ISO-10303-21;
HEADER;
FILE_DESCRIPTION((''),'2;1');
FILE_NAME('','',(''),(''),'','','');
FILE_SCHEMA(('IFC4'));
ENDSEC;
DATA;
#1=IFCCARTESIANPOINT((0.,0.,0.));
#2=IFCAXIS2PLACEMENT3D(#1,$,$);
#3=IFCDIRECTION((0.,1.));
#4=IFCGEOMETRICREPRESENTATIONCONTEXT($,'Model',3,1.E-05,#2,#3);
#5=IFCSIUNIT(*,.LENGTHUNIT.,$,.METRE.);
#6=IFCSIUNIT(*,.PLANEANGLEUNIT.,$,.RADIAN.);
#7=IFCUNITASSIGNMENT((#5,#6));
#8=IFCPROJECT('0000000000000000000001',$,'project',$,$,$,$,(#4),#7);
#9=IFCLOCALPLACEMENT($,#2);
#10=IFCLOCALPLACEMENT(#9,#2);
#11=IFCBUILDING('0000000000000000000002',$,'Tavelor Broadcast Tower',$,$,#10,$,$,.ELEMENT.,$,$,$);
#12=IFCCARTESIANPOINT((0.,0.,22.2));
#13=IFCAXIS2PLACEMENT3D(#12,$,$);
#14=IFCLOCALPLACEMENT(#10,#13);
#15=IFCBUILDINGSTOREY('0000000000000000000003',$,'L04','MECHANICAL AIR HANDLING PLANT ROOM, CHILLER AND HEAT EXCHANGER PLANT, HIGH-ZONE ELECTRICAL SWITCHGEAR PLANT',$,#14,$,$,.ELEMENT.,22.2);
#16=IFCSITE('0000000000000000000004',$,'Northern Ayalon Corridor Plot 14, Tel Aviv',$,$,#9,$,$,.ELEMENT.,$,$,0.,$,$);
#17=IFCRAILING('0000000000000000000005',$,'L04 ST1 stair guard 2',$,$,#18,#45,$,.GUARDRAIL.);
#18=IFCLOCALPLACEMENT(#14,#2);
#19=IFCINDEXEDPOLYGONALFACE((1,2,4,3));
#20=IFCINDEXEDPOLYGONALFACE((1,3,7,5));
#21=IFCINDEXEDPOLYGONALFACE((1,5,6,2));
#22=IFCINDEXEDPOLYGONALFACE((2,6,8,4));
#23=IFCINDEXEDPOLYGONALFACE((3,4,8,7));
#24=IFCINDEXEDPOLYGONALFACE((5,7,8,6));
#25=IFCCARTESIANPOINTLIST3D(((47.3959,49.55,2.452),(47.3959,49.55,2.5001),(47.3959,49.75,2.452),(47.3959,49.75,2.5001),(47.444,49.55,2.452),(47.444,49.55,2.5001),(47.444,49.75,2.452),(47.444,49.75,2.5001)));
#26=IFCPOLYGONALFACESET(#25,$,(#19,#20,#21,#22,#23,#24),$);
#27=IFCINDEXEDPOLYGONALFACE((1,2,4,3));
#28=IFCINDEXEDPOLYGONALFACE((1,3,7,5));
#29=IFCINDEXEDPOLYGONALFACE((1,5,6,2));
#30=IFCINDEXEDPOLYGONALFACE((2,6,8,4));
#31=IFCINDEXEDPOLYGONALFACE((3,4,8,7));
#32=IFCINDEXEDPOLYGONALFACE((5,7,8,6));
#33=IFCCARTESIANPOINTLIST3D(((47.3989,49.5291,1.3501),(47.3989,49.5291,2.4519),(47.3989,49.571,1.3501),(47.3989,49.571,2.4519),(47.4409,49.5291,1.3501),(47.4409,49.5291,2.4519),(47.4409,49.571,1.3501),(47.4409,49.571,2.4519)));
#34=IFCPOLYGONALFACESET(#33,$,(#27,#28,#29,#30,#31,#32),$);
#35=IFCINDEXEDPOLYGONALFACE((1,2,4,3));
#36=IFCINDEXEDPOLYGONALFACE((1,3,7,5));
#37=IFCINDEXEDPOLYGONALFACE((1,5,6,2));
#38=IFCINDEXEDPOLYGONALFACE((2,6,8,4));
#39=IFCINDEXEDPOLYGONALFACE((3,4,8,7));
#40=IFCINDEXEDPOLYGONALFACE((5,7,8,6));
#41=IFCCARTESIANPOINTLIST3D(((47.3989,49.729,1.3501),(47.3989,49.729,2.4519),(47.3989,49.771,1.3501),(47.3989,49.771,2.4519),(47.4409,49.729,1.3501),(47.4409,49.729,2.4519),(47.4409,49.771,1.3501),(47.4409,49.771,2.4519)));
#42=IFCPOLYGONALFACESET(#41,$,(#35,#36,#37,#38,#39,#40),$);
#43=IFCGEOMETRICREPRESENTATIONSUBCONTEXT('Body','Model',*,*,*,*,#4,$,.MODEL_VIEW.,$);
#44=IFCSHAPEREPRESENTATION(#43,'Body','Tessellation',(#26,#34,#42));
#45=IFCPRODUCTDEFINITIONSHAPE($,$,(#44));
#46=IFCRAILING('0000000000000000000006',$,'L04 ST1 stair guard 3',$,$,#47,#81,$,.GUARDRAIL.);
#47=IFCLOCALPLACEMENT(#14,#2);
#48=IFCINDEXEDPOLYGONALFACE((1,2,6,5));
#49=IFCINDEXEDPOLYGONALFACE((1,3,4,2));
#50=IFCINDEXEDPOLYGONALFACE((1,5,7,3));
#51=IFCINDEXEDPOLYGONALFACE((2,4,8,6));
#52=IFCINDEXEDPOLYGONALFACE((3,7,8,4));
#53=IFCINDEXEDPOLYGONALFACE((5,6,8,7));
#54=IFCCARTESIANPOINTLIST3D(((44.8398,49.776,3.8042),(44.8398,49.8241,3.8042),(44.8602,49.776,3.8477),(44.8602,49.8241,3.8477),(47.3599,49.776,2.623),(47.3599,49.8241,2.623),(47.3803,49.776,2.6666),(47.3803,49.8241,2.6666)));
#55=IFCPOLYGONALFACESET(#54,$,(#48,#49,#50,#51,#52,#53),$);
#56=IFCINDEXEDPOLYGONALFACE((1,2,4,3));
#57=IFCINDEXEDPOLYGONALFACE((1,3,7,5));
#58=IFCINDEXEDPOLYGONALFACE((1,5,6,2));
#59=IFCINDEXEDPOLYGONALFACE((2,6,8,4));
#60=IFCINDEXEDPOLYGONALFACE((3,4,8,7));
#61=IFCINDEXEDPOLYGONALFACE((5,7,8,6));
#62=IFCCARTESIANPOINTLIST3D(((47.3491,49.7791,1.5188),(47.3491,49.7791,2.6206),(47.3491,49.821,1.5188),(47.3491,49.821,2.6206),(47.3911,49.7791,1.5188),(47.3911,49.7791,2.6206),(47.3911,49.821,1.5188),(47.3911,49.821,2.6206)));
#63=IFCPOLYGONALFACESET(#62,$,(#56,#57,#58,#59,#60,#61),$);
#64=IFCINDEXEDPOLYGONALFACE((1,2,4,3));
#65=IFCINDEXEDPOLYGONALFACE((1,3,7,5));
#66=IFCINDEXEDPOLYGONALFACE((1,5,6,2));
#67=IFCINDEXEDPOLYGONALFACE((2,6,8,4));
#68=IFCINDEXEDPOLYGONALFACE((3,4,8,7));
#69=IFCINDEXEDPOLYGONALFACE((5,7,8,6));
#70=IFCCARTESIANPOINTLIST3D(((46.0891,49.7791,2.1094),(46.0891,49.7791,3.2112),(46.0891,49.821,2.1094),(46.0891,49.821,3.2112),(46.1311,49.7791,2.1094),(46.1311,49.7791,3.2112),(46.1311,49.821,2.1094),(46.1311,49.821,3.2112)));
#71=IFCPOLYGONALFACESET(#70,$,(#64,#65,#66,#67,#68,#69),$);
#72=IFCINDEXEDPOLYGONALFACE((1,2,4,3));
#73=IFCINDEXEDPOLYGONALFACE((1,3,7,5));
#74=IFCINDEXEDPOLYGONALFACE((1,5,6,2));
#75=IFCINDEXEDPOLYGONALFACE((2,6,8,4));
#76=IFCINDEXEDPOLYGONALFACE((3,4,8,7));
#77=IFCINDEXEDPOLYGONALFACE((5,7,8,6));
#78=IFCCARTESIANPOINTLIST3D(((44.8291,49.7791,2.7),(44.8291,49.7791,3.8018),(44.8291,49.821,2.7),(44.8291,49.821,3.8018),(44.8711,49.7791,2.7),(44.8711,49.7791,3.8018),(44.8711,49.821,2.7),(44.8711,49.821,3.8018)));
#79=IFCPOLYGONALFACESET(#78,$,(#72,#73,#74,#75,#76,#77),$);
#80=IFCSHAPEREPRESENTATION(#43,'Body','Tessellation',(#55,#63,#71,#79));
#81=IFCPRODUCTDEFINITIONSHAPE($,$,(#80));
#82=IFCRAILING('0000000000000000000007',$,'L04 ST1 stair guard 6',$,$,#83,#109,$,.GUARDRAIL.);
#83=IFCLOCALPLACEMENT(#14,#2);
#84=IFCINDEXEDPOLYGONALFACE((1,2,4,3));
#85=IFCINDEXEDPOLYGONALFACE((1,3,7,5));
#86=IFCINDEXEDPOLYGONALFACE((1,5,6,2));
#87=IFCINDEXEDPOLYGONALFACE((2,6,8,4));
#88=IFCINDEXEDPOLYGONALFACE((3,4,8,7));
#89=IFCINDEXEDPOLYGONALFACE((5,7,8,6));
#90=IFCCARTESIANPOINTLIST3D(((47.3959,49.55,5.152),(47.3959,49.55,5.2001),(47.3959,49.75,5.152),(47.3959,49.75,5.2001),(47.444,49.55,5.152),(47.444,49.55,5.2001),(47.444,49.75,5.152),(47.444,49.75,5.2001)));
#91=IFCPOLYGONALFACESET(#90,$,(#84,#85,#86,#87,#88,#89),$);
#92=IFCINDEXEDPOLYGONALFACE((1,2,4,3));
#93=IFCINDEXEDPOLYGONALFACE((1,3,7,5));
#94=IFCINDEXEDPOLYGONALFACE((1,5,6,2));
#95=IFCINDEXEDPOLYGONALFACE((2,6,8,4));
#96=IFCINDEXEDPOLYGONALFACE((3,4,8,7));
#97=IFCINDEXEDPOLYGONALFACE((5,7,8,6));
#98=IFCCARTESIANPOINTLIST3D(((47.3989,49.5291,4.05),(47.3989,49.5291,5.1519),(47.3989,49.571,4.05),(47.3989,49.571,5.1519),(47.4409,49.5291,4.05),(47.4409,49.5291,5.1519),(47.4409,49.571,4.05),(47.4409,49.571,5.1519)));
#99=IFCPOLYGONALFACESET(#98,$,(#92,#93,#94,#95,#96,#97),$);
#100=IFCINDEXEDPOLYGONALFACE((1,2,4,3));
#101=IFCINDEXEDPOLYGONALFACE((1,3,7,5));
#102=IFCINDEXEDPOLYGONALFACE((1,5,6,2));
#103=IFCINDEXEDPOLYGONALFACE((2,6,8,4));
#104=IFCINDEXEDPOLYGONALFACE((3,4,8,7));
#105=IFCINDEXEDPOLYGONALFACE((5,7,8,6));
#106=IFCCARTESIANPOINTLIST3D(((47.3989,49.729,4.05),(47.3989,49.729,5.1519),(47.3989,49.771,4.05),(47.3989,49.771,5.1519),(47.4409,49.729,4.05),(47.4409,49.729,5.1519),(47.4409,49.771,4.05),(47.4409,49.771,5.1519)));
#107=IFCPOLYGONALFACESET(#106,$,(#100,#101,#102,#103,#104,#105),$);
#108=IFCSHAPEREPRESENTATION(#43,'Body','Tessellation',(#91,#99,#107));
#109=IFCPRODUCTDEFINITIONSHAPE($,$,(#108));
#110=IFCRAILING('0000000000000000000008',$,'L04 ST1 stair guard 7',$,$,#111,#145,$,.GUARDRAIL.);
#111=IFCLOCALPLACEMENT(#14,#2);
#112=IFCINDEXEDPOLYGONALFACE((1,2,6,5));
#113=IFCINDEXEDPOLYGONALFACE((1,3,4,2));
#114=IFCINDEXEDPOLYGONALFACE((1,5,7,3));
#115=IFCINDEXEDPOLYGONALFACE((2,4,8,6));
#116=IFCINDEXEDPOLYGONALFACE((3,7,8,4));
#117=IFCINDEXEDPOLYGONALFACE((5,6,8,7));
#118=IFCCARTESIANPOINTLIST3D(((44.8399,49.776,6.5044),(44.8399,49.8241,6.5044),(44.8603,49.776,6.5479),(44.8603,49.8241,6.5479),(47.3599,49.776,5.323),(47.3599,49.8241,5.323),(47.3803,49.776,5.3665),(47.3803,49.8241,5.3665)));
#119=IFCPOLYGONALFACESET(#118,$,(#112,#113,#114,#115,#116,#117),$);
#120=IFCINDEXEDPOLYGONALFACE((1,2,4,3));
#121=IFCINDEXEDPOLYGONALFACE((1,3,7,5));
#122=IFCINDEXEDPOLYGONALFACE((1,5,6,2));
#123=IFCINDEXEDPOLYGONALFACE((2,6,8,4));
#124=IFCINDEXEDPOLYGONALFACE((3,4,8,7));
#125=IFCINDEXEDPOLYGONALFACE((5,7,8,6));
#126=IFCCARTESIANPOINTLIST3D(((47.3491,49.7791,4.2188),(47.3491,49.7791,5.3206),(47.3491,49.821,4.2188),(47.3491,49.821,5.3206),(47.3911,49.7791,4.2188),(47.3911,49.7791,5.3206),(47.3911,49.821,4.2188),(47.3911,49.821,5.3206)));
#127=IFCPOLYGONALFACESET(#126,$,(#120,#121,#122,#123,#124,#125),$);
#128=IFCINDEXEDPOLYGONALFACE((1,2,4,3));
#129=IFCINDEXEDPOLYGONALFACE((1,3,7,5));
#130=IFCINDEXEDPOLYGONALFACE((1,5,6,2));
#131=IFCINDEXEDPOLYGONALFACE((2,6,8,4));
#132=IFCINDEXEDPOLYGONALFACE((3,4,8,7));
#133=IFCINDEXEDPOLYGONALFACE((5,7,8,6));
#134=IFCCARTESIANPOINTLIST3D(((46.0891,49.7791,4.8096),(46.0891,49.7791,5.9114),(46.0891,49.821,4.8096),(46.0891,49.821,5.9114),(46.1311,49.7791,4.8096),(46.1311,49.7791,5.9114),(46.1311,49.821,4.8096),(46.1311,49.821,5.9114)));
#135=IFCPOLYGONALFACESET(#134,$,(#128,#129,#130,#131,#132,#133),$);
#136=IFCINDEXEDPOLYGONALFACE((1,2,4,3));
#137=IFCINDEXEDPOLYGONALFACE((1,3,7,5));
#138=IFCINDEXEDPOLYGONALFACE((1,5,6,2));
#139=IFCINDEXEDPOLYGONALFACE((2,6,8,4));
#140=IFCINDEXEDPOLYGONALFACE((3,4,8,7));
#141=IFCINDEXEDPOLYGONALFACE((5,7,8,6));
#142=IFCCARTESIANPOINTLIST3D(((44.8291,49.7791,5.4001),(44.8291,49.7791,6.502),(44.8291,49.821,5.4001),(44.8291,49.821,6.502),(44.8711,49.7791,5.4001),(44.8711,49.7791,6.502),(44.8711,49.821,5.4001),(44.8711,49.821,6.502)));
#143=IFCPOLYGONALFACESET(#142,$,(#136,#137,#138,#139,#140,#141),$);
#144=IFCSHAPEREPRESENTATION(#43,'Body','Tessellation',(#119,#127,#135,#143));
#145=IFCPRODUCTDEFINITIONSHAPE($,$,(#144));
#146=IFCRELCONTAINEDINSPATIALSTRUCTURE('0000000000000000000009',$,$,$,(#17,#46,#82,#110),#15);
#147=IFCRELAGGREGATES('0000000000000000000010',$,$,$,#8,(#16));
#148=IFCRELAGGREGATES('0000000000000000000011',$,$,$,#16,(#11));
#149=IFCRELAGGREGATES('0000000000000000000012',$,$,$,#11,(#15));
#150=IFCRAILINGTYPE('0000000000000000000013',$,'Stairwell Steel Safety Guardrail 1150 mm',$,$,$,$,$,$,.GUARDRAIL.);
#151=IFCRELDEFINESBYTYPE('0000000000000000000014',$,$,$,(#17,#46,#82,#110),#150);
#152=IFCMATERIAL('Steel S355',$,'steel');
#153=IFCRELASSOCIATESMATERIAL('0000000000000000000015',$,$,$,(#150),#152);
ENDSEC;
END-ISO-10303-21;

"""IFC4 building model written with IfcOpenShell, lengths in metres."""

from ifc_helpers import new_model, si_unit, direction, frame, origin, origin_2d, place, context, subcontext, project, spatial, rectangle, extrude, material, type_object, element, save


model = new_model("IFC4")

# Units and contexts
model_context = context("Model", 3, precision=1e-05, world=origin(), true_north=direction((0.0, 1.0)))
body_context = subcontext(model_context, "Body", "Model", "MODEL_VIEW")
ifc_project = project(units=[si_unit("LENGTHUNIT", "METRE"), si_unit("PLANEANGLEUNIT", "RADIAN")], contexts=[model_context])

# Site, building, storey
site_placement = place(None, origin())
site = spatial("IfcSite", under=ifc_project, at=site_placement, Name="Northern Ayalon Corridor Plot 14, Tel Aviv", CompositionType="ELEMENT", RefElevation=0.0)
building_placement = place(site_placement, origin())
building = spatial("IfcBuilding", under=site, at=building_placement, Name="Tavelor Broadcast Tower", CompositionType="ELEMENT")
storey_placement = place(building_placement, frame((0.0, 0.0, 22.2)))
storey = spatial("IfcBuildingStorey", under=building, at=storey_placement, Name="L04", Description="MECHANICAL AIR HANDLING PLANT ROOM, CHILLER AND HEAT EXCHANGER PLANT, HIGH-ZONE ELECTRICAL SWITCHGEAR PLANT", CompositionType="ELEMENT", Elevation=22.2)

# Shared definitions
ifc_material_1 = material(Name="Steel S355", Category="steel")

# Railings
railing_type_1 = type_object("IfcRailingType", Name="Stairwell Steel Safety Guardrail 1150 mm", PredefinedType="GUARDRAIL", material=ifc_material_1)
railing_1_placement = place(storey_placement, frame((47.4199, 49.55, 1.3501)))
element("IfcRailing", 1, at=railing_1_placement, inside=storey, type_object=railing_type_1, Name="L04 ST1 stair guard 2", PredefinedType="GUARDRAIL", context=body_context, shape_type="SweptSolid", body=[
    extrude(rectangle(XDim=0.0481, YDim=0.0481, at=origin_2d()), frame((0.0, 0.0, 1.126), z_axis=(0.0, 1.0, 0.0), x_axis=(-1.0, 0.0, 0.0)), (0.0, 0.0, 1.0), 0.2),
    extrude(rectangle(XDim=0.042, YDim=0.042, at=origin_2d()), origin(), (0.0, 0.0, 1.0), 1.1018),
    extrude(rectangle(XDim=0.042, YDim=0.042, at=origin_2d()), frame((0.0, 0.2, 0.0)), (0.0, 0.0, 1.0), 1.1018),
])
railing_2_placement = place(storey_placement, frame((47.3701, 49.8, 1.5188)))
element("IfcRailing", 2, at=railing_2_placement, inside=storey, type_object=railing_type_1, Name="L04 ST1 stair guard 3", PredefinedType="GUARDRAIL", context=body_context, shape_type="SweptSolid", body=[
    extrude(rectangle(XDim=0.0481, YDim=0.0481, at=origin_2d()), frame((0.0, 0.0, 1.126), z_axis=(-0.905474, 0.0, 0.424402), x_axis=(0.0, -1.0, 0.0)), (0.0, 0.0, 1.0), 2.7832),
    extrude(rectangle(XDim=0.042, YDim=0.042, at=origin_2d()), origin(), (0.0, 0.0, 1.0), 1.1018),
    extrude(rectangle(XDim=0.042, YDim=0.042, at=origin_2d()), frame((-1.26, 0.0, 0.5906)), (0.0, 0.0, 1.0), 1.1018),
    extrude(rectangle(XDim=0.042, YDim=0.042, at=origin_2d()), frame((-2.52, 0.0, 1.1812)), (0.0, 0.0, 1.0), 1.1018),
])
railing_3_placement = place(storey_placement, frame((47.4199, 49.55, 4.05)))
element("IfcRailing", 3, at=railing_3_placement, inside=storey, type_object=railing_type_1, Name="L04 ST1 stair guard 6", PredefinedType="GUARDRAIL", context=body_context, shape_type="SweptSolid", body=[
    extrude(rectangle(XDim=0.0481, YDim=0.0481, at=origin_2d()), frame((0.0, 0.0, 1.126), z_axis=(0.0, 1.0, 0.0), x_axis=(-1.0, 0.0, 0.0)), (0.0, 0.0, 1.0), 0.2),
    extrude(rectangle(XDim=0.042, YDim=0.042, at=origin_2d()), origin(), (0.0, 0.0, 1.0), 1.1018),
    extrude(rectangle(XDim=0.042, YDim=0.042, at=origin_2d()), frame((0.0, 0.2, 0.0)), (0.0, 0.0, 1.0), 1.1018),
])
railing_4_placement = place(storey_placement, frame((47.3701, 49.8, 4.2188)))
element("IfcRailing", 4, at=railing_4_placement, inside=storey, type_object=railing_type_1, Name="L04 ST1 stair guard 7", PredefinedType="GUARDRAIL", context=body_context, shape_type="SweptSolid", body=[
    extrude(rectangle(XDim=0.0481, YDim=0.0481, at=origin_2d()), frame((0.0, 0.0, 1.126), z_axis=(-0.90544, 0.0, 0.424474), x_axis=(0.0, -1.0, 0.0)), (0.0, 0.0, 1.0), 2.7832),
    extrude(rectangle(XDim=0.042, YDim=0.042, at=origin_2d()), origin(), (0.0, 0.0, 1.0), 1.1018),
    extrude(rectangle(XDim=0.042, YDim=0.042, at=origin_2d()), frame((-1.26, 0.0, 0.5908)), (0.0, 0.0, 1.0), 1.1018),
    extrude(rectangle(XDim=0.042, YDim=0.042, at=origin_2d()), frame((-2.52, 0.0, 1.1814)), (0.0, 0.0, 1.0), 1.1018),
])

save(model, "model.ifc")
